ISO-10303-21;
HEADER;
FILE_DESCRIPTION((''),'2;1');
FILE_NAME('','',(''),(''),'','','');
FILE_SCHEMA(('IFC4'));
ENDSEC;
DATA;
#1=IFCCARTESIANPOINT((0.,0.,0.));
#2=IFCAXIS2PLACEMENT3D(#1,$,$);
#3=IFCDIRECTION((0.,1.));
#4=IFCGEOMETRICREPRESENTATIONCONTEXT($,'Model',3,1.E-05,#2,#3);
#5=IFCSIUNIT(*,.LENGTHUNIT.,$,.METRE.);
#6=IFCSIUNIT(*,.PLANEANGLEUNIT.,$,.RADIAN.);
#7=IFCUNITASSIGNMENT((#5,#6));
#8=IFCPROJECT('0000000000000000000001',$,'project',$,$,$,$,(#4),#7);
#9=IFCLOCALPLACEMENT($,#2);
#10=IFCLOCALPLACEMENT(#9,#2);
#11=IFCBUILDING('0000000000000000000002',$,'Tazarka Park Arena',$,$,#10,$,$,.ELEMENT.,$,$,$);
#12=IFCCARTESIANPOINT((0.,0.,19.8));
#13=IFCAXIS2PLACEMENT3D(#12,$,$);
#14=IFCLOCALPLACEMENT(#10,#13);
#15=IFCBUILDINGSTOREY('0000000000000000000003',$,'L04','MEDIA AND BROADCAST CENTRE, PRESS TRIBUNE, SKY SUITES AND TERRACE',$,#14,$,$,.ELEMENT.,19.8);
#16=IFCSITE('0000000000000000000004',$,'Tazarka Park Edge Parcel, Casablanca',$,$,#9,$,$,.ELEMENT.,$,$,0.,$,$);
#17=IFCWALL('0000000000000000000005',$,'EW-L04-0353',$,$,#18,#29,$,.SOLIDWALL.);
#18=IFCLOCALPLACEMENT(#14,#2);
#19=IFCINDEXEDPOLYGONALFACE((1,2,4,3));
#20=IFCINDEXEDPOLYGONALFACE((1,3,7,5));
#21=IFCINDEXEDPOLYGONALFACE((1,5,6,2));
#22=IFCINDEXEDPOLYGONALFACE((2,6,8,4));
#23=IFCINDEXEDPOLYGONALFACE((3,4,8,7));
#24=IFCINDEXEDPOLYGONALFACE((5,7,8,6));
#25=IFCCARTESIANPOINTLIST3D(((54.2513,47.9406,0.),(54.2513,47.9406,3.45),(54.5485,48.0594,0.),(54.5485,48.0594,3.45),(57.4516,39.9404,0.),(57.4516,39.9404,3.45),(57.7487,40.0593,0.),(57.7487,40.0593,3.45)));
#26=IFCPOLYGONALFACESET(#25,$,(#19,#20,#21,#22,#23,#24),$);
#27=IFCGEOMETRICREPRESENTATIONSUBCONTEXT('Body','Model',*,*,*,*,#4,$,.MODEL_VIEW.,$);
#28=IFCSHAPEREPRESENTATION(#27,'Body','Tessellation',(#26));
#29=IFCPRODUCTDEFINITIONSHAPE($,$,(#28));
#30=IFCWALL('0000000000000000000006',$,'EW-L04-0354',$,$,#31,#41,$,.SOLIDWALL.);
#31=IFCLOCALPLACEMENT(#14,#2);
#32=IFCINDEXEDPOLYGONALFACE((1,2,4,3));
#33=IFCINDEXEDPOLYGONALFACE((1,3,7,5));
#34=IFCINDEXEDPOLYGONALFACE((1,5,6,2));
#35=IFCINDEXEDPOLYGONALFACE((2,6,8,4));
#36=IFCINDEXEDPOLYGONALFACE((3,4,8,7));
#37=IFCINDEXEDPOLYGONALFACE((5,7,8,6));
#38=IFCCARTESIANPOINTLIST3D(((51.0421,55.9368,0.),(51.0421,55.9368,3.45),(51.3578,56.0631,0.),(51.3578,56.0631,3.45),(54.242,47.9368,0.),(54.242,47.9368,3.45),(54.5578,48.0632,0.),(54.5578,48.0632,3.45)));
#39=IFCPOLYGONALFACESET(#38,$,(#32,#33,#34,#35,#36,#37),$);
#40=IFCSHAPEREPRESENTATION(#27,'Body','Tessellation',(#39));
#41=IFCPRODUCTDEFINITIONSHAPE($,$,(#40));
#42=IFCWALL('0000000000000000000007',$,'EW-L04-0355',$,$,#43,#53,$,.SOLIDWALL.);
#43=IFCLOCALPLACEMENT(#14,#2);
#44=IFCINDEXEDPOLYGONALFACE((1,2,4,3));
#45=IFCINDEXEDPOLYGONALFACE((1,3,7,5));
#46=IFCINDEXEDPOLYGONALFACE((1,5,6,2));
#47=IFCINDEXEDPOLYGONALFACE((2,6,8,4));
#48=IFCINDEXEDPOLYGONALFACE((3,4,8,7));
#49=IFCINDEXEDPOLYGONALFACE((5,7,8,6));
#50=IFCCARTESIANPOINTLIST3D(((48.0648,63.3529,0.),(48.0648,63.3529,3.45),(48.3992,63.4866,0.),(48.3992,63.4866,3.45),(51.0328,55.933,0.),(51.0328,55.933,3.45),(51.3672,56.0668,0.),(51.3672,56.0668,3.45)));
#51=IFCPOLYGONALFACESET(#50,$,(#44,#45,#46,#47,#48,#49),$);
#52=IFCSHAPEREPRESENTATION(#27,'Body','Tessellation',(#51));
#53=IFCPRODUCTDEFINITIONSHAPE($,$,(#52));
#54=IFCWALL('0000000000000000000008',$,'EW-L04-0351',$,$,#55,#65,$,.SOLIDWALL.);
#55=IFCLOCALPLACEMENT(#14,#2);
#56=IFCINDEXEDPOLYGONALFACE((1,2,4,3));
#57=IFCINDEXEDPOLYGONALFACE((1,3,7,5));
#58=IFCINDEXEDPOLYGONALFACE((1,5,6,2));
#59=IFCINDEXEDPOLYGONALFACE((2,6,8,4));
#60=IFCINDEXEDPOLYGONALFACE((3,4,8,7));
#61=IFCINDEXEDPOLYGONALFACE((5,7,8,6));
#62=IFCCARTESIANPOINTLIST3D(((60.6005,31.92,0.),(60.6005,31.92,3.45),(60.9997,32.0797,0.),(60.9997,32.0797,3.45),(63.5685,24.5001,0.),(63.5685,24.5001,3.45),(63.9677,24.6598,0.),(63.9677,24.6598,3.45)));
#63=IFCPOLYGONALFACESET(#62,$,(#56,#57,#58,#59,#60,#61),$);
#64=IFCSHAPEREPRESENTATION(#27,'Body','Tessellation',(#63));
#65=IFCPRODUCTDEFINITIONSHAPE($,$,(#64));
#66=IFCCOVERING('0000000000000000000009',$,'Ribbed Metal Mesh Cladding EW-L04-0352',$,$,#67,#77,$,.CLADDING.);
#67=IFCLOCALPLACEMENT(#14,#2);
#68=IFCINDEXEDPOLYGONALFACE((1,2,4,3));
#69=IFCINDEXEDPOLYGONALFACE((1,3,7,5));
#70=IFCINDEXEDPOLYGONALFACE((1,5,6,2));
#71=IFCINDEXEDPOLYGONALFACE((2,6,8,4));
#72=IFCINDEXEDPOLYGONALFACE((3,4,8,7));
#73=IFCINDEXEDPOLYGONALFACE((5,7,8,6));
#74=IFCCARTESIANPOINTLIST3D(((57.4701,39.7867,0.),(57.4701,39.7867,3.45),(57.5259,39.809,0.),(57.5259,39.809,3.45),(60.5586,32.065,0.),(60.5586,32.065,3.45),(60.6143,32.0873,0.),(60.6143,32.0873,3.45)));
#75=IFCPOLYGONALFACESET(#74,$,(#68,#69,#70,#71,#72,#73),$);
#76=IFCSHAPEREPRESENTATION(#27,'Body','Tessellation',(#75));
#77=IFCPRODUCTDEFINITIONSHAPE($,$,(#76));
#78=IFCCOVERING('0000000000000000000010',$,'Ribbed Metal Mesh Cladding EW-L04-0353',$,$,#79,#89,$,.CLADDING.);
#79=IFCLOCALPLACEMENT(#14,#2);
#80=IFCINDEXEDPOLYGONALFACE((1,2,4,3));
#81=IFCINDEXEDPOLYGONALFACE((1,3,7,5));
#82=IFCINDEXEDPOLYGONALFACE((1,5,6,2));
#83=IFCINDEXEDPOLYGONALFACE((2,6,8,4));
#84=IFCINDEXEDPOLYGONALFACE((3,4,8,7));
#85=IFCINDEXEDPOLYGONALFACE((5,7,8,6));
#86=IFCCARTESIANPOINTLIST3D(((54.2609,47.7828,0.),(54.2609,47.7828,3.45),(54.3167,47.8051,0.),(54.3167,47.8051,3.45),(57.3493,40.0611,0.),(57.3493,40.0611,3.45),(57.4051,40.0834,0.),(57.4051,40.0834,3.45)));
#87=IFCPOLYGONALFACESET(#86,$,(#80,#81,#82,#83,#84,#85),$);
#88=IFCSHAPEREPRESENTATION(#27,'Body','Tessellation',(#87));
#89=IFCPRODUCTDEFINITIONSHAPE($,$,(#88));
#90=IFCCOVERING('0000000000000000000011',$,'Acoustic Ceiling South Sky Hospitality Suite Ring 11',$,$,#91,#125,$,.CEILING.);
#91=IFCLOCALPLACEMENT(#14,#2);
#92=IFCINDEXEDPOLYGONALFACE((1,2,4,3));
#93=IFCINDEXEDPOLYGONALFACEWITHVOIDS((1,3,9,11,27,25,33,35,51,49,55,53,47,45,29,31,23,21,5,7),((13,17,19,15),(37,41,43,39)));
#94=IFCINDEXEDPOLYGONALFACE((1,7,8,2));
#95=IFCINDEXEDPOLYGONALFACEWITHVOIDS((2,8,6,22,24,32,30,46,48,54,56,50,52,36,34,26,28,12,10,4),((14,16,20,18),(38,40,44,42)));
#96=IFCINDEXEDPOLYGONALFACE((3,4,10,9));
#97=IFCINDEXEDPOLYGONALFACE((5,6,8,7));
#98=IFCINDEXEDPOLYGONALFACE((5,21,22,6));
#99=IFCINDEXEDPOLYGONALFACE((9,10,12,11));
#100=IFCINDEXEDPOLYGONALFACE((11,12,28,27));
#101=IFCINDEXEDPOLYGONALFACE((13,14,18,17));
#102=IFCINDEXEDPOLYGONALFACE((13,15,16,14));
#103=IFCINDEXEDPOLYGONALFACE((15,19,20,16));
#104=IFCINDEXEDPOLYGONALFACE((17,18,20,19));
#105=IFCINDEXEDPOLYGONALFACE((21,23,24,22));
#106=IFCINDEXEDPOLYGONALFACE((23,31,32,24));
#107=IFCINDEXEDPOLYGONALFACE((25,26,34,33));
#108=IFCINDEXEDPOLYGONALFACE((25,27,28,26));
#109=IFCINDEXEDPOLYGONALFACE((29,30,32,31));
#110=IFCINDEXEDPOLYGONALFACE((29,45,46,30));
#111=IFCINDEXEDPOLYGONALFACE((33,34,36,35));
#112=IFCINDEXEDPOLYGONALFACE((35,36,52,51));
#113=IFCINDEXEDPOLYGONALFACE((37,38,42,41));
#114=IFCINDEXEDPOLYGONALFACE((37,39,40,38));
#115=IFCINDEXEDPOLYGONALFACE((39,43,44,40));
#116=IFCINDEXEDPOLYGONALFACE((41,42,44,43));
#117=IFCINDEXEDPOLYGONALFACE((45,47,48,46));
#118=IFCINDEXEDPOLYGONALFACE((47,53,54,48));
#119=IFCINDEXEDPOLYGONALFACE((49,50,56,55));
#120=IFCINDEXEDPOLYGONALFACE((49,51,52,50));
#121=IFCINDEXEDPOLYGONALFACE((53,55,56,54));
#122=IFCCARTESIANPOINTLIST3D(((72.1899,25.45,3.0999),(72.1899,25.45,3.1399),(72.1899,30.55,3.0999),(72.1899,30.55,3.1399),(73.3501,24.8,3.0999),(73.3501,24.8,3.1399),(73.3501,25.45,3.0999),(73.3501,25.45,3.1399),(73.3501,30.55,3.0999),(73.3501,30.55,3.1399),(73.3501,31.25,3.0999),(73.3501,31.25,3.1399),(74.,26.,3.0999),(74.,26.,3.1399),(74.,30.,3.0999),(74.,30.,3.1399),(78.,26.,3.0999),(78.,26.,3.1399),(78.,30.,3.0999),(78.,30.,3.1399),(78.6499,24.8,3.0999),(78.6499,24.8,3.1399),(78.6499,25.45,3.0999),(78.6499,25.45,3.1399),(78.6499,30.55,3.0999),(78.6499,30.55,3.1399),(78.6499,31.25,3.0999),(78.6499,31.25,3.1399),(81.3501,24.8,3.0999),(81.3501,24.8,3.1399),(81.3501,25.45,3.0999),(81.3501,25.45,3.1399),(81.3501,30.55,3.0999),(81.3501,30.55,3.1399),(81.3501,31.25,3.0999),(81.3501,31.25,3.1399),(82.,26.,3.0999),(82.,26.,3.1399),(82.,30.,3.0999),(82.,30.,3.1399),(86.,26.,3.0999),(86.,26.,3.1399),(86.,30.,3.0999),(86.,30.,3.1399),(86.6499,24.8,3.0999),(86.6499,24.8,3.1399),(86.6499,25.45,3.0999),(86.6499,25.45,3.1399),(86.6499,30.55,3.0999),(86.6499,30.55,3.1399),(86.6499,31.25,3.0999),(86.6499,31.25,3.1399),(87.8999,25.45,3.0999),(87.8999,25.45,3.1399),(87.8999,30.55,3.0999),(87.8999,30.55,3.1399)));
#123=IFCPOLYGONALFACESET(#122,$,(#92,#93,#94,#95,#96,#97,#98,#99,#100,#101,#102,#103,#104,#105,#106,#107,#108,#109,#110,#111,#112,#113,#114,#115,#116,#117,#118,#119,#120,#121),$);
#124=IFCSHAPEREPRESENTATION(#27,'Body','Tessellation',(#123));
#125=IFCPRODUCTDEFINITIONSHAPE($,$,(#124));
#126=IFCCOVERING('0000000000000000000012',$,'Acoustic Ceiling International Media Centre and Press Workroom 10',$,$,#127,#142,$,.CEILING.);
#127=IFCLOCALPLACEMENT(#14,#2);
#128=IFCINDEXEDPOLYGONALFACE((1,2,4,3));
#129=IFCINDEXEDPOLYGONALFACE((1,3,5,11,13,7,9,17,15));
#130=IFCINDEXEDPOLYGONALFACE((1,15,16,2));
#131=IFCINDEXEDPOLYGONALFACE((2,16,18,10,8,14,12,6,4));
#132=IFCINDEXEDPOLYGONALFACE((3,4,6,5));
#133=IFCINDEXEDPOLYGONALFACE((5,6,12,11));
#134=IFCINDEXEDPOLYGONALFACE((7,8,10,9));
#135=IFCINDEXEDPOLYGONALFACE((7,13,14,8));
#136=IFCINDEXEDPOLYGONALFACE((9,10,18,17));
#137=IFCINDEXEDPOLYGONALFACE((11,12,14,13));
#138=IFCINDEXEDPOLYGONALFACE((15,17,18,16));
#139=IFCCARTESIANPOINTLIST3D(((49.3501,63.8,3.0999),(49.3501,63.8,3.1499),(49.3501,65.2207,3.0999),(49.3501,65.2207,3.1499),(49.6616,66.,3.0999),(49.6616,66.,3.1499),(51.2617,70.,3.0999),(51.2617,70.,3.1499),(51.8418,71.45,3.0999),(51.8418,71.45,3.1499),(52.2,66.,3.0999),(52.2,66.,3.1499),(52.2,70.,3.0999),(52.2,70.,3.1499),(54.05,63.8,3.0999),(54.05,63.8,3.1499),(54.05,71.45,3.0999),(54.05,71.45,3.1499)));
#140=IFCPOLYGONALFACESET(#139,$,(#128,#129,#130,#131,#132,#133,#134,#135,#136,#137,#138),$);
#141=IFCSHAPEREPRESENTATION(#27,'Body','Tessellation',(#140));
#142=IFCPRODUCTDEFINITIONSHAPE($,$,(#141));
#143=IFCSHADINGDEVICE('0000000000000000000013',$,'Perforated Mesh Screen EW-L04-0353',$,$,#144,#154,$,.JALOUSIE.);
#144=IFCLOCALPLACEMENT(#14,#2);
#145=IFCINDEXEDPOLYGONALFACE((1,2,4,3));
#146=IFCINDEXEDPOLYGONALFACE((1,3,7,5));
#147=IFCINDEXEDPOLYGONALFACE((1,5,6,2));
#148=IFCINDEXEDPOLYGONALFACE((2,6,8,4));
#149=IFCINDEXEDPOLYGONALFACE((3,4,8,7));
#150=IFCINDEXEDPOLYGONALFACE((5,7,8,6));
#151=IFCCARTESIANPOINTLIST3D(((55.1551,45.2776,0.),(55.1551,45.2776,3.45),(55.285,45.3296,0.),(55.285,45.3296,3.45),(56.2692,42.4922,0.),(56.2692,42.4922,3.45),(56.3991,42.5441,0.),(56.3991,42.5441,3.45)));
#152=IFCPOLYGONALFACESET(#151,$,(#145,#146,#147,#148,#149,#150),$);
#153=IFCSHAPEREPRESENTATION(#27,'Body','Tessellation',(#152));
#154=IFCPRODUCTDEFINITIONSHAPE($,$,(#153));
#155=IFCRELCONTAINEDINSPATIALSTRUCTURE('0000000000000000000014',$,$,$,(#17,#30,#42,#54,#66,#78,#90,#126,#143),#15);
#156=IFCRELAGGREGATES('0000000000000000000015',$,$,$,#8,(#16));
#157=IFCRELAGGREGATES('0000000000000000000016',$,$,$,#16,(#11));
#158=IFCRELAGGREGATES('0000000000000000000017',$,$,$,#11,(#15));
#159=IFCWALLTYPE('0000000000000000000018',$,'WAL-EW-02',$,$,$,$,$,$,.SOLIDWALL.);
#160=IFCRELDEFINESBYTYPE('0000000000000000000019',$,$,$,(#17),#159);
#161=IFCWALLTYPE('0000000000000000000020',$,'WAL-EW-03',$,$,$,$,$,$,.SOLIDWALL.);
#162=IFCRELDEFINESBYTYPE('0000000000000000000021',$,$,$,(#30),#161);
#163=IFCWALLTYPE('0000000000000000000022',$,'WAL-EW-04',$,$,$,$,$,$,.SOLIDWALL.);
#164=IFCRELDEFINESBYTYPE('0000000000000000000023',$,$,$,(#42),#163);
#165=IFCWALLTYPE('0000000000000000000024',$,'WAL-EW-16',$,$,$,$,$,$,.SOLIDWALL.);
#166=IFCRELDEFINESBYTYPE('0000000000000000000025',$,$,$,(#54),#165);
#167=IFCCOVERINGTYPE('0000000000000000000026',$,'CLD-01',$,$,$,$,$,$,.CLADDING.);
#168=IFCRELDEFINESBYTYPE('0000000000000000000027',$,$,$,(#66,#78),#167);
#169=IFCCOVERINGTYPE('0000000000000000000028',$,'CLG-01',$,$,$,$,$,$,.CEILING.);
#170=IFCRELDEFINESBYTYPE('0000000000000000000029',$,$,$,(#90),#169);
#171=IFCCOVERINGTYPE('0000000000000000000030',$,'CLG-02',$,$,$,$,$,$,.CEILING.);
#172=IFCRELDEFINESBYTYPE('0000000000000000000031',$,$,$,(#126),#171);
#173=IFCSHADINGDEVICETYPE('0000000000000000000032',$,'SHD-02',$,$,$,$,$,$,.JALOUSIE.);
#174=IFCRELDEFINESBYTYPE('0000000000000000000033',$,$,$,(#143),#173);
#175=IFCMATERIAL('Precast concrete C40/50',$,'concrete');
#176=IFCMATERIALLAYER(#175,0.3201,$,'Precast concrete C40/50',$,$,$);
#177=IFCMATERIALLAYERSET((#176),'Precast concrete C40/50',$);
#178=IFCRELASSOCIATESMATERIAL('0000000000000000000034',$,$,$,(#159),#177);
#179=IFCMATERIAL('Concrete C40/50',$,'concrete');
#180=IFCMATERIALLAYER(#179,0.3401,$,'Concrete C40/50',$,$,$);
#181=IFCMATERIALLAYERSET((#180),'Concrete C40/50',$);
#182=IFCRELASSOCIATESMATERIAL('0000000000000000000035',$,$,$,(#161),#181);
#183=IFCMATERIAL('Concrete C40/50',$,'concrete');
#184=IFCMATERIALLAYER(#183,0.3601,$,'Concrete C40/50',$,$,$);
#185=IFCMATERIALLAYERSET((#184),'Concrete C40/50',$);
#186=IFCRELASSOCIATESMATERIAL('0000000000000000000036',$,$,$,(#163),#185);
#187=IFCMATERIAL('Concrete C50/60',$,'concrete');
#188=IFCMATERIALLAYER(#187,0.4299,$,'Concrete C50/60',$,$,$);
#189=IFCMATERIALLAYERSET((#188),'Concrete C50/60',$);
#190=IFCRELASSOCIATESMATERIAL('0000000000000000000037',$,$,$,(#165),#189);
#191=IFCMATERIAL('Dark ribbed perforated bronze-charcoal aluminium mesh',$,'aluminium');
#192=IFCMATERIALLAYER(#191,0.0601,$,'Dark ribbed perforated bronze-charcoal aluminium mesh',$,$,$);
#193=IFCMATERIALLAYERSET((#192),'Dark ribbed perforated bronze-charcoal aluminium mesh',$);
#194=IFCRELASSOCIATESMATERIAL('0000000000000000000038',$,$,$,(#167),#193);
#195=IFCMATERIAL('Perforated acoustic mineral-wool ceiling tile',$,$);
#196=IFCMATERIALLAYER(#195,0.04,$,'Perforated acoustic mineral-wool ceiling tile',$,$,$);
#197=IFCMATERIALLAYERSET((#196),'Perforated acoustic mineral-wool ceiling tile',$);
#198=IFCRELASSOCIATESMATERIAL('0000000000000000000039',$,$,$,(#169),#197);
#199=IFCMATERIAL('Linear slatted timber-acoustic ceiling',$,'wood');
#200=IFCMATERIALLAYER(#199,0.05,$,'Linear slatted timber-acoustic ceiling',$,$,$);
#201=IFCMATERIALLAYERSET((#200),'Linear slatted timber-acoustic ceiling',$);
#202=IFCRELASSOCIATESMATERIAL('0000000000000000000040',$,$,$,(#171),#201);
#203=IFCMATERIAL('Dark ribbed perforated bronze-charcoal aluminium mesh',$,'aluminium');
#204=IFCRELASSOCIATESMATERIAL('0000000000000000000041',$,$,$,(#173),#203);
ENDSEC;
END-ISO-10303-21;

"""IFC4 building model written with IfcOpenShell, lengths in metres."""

from ifc_helpers import new_model, si_unit, direction, frame, frame_2d, origin, origin_2d, place, context, subcontext, project, spatial, polyline, rectangle, outline, extrude, material, layer, layer_set, type_object, element, save


model = new_model("IFC4")

# Units and contexts
model_context = context("Model", 3, precision=1e-05, world=origin(), true_north=direction((0.0, 1.0)))
body_context = subcontext(model_context, "Body", "Model", "MODEL_VIEW")
ifc_project = project(units=[si_unit("LENGTHUNIT", "METRE"), si_unit("PLANEANGLEUNIT", "RADIAN")], contexts=[model_context])

# Site, building, storey
site_placement = place(None, origin())
site = spatial("IfcSite", under=ifc_project, at=site_placement, Name="Tazarka Park Edge Parcel, Casablanca", CompositionType="ELEMENT", RefElevation=0.0)
building_placement = place(site_placement, origin())
building = spatial("IfcBuilding", under=site, at=building_placement, Name="Tazarka Park Arena", CompositionType="ELEMENT")
storey_placement = place(building_placement, frame((0.0, 0.0, 19.8)))
storey = spatial("IfcBuildingStorey", under=building, at=storey_placement, Name="L04", Description="MEDIA AND BROADCAST CENTRE, PRESS TRIBUNE, SKY SUITES AND TERRACE", CompositionType="ELEMENT", Elevation=19.8)

# Walls
ifc_material_1 = material(Name="Precast concrete C40/50", Category="concrete")
ifc_layer_1 = layer(ifc_material_1, 0.3201, Name="Precast concrete C40/50")
ifc_layer_set_1 = layer_set([ifc_layer_1], Name="Precast concrete C40/50")
wall_type_1 = type_object("IfcWallType", Name="WAL-EW-02", PredefinedType="SOLIDWALL", material=ifc_layer_set_1)
wall_1_placement = place(storey_placement, frame((57.6001, 40.0, 0.0), z_axis=(0.0, 0.0, 1.0), x_axis=(-0.37141, 0.928469, 0.0)))
element("IfcWall", 1, at=wall_1_placement, inside=storey, type_object=wall_type_1, Name="EW-L04-0353", PredefinedType="SOLIDWALL", context=body_context, shape_type="SweptSolid", body=[
    extrude(rectangle(XDim=8.6165, YDim=0.3201, at=frame_2d((4.3081, 0.0))), origin(), (0.0, 0.0, 1.0), 3.45),
])
ifc_material_2 = material(Name="Concrete C40/50", Category="concrete")
ifc_layer_2 = layer(ifc_material_2, 0.3401, Name="Concrete C40/50")
ifc_layer_set_2 = layer_set([ifc_layer_2], Name="Concrete C40/50")
wall_type_2 = type_object("IfcWallType", Name="WAL-EW-03", PredefinedType="SOLIDWALL", material=ifc_layer_set_2)
wall_2_placement = place(storey_placement, frame((54.3999, 48.0, 0.0), z_axis=(0.0, 0.0, 1.0), x_axis=(-0.371386, 0.928479, 0.0)))
element("IfcWall", 2, at=wall_2_placement, inside=storey, type_object=wall_type_2, Name="EW-L04-0354", PredefinedType="SOLIDWALL", context=body_context, shape_type="SweptSolid", body=[
    extrude(rectangle(XDim=8.6162, YDim=0.3401, at=frame_2d((4.3081, 0.0))), origin(), (0.0, 0.0, 1.0), 3.45),
])
ifc_material_3 = material(Name="Concrete C40/50", Category="concrete")
ifc_layer_3 = layer(ifc_material_3, 0.3601, Name="Concrete C40/50")
ifc_layer_set_3 = layer_set([ifc_layer_3], Name="Concrete C40/50")
wall_type_3 = type_object("IfcWallType", Name="WAL-EW-04", PredefinedType="SOLIDWALL", material=ifc_layer_set_3)
wall_3_placement = place(storey_placement, frame((51.2, 56.0, 0.0), z_axis=(0.0, 0.0, 1.0), x_axis=(-0.371396, 0.928475, 0.0)))
element("IfcWall", 3, at=wall_3_placement, inside=storey, type_object=wall_type_3, Name="EW-L04-0355", PredefinedType="SOLIDWALL", context=body_context, shape_type="SweptSolid", body=[
    extrude(rectangle(XDim=7.9915, YDim=0.3601, at=frame_2d((3.9956, 0.0))), origin(), (0.0, 0.0, 1.0), 3.45),
])
ifc_material_4 = material(Name="Concrete C50/60", Category="concrete")
ifc_layer_4 = layer(ifc_material_4, 0.4299, Name="Concrete C50/60")
ifc_layer_set_4 = layer_set([ifc_layer_4], Name="Concrete C50/60")
wall_type_4 = type_object("IfcWallType", Name="WAL-EW-16", PredefinedType="SOLIDWALL", material=ifc_layer_set_4)
wall_4_placement = place(storey_placement, frame((63.7681, 24.5801, 0.0), z_axis=(0.0, 0.0, 1.0), x_axis=(-0.371396, 0.928475, 0.0)))
element("IfcWall", 4, at=wall_4_placement, inside=storey, type_object=wall_type_4, Name="EW-L04-0351", PredefinedType="SOLIDWALL", context=body_context, shape_type="SweptSolid", body=[
    extrude(rectangle(XDim=7.9915, YDim=0.4299, at=frame_2d((3.9956, 0.0))), origin(), (0.0, 0.0, 1.0), 3.45),
])

# Coverings
ifc_material_5 = material(Name="Dark ribbed perforated bronze-charcoal aluminium mesh", Category="aluminium")
ifc_layer_5 = layer(ifc_material_5, 0.0601, Name="Dark ribbed perforated bronze-charcoal aluminium mesh")
ifc_layer_set_5 = layer_set([ifc_layer_5], Name="Dark ribbed perforated bronze-charcoal aluminium mesh")
covering_type_1 = type_object("IfcCoveringType", Name="CLD-01", PredefinedType="CLADDING", material=ifc_layer_set_5)
for number, where, z_axis, x_axis, name in (
    (5, (59.0422, 35.937, 0.0), (0.0, 0.0, 1.0), (-0.371368, 0.928486, 0.0), "Ribbed Metal Mesh Cladding EW-L04-0352"),
    (6, (55.833, 43.9331, 0.0), (0.0, 0.0, 1.0), (-0.371368, 0.928486, 0.0), "Ribbed Metal Mesh Cladding EW-L04-0353"),
):
    element("IfcCovering", number, at=place(storey_placement, frame(where, z_axis=z_axis, x_axis=x_axis)), inside=storey, type_object=covering_type_1, Name=name, PredefinedType="CLADDING", context=body_context, shape_type="SweptSolid", body=[
        extrude(rectangle(XDim=8.3164, YDim=0.0601, at=origin_2d()), origin(), (0.0, 0.0, 1.0), 3.45),
    ])
ifc_material_6 = material(Name="Perforated acoustic mineral-wool ceiling tile")
ifc_layer_6 = layer(ifc_material_6, 0.04, Name="Perforated acoustic mineral-wool ceiling tile")
ifc_layer_set_6 = layer_set([ifc_layer_6], Name="Perforated acoustic mineral-wool ceiling tile")
covering_type_2 = type_object("IfcCoveringType", Name="CLG-01", PredefinedType="CEILING", material=ifc_layer_set_6)
covering_1_placement = place(storey_placement, frame((0.0, 0.0, 3.0999)))
element("IfcCovering", 7, at=covering_1_placement, inside=storey, type_object=covering_type_2, Name="Acoustic Ceiling South Sky Hospitality Suite Ring 11", PredefinedType="CEILING", context=body_context, shape_type="SweptSolid", body=[
    extrude(outline(polyline([(78.6499, 31.25), (78.6499, 30.55), (81.3501, 30.55), (81.3501, 31.25), (86.6499, 31.25), (86.6499, 30.55), (87.8999, 30.55), (87.8999, 25.45), (86.6499, 25.45), (86.6499, 24.8), (81.3501, 24.8), (81.3501, 25.45), (78.6499, 25.45), (78.6499, 24.8), (73.3501, 24.8), (73.3501, 25.45), (72.1899, 25.45), (72.1899, 30.55), (73.3501, 30.55), (73.3501, 31.25), (78.6499, 31.25)]), holes=[polyline([(74.0, 30.0), (74.0, 26.0), (78.0, 26.0), (78.0, 30.0), (74.0, 30.0)]), polyline([(82.0, 26.0), (86.0, 26.0), (86.0, 30.0), (82.0, 30.0), (82.0, 26.0)])]), origin(), (0.0, 0.0, 1.0), 0.04),
])
ifc_material_7 = material(Name="Linear slatted timber-acoustic ceiling", Category="wood")
ifc_layer_7 = layer(ifc_material_7, 0.05, Name="Linear slatted timber-acoustic ceiling")
ifc_layer_set_7 = layer_set([ifc_layer_7], Name="Linear slatted timber-acoustic ceiling")
covering_type_3 = type_object("IfcCoveringType", Name="CLG-02", PredefinedType="CEILING", material=ifc_layer_set_7)
covering_2_placement = place(storey_placement, frame((0.0, 0.0, 3.0999)))
element("IfcCovering", 8, at=covering_2_placement, inside=storey, type_object=covering_type_3, Name="Acoustic Ceiling International Media Centre and Press Workroom 10", PredefinedType="CEILING", context=body_context, shape_type="SweptSolid", body=[
    extrude(outline(polyline([(49.6616, 66.0), (52.2, 66.0), (52.2, 70.0), (51.2617, 70.0), (51.8418, 71.45), (54.05, 71.45), (54.05, 63.8), (49.3501, 63.8), (49.3501, 65.2207), (49.6616, 66.0)])), origin(), (0.0, 0.0, 1.0), 0.05),
])

# Shading device
ifc_material_8 = material(Name="Dark ribbed perforated bronze-charcoal aluminium mesh", Category="aluminium")
shading_device_type = type_object("IfcShadingDeviceType", Name="SHD-02", PredefinedType="JALOUSIE", material=ifc_material_8)
shading_device_placement = place(storey_placement, frame((55.7771, 43.9109, 0.0), z_axis=(0.0, 0.0, 1.0), x_axis=(-0.371368, 0.928486, 0.0)))
element("IfcShadingDevice", 9, at=shading_device_placement, inside=storey, type_object=shading_device_type, Name="Perforated Mesh Screen EW-L04-0353", PredefinedType="JALOUSIE", context=body_context, shape_type="SweptSolid", body=[
    extrude(rectangle(XDim=3.0, YDim=0.1399, at=origin_2d()), origin(), (0.0, 0.0, 1.0), 3.45),
])

save(model, "model.ifc")
